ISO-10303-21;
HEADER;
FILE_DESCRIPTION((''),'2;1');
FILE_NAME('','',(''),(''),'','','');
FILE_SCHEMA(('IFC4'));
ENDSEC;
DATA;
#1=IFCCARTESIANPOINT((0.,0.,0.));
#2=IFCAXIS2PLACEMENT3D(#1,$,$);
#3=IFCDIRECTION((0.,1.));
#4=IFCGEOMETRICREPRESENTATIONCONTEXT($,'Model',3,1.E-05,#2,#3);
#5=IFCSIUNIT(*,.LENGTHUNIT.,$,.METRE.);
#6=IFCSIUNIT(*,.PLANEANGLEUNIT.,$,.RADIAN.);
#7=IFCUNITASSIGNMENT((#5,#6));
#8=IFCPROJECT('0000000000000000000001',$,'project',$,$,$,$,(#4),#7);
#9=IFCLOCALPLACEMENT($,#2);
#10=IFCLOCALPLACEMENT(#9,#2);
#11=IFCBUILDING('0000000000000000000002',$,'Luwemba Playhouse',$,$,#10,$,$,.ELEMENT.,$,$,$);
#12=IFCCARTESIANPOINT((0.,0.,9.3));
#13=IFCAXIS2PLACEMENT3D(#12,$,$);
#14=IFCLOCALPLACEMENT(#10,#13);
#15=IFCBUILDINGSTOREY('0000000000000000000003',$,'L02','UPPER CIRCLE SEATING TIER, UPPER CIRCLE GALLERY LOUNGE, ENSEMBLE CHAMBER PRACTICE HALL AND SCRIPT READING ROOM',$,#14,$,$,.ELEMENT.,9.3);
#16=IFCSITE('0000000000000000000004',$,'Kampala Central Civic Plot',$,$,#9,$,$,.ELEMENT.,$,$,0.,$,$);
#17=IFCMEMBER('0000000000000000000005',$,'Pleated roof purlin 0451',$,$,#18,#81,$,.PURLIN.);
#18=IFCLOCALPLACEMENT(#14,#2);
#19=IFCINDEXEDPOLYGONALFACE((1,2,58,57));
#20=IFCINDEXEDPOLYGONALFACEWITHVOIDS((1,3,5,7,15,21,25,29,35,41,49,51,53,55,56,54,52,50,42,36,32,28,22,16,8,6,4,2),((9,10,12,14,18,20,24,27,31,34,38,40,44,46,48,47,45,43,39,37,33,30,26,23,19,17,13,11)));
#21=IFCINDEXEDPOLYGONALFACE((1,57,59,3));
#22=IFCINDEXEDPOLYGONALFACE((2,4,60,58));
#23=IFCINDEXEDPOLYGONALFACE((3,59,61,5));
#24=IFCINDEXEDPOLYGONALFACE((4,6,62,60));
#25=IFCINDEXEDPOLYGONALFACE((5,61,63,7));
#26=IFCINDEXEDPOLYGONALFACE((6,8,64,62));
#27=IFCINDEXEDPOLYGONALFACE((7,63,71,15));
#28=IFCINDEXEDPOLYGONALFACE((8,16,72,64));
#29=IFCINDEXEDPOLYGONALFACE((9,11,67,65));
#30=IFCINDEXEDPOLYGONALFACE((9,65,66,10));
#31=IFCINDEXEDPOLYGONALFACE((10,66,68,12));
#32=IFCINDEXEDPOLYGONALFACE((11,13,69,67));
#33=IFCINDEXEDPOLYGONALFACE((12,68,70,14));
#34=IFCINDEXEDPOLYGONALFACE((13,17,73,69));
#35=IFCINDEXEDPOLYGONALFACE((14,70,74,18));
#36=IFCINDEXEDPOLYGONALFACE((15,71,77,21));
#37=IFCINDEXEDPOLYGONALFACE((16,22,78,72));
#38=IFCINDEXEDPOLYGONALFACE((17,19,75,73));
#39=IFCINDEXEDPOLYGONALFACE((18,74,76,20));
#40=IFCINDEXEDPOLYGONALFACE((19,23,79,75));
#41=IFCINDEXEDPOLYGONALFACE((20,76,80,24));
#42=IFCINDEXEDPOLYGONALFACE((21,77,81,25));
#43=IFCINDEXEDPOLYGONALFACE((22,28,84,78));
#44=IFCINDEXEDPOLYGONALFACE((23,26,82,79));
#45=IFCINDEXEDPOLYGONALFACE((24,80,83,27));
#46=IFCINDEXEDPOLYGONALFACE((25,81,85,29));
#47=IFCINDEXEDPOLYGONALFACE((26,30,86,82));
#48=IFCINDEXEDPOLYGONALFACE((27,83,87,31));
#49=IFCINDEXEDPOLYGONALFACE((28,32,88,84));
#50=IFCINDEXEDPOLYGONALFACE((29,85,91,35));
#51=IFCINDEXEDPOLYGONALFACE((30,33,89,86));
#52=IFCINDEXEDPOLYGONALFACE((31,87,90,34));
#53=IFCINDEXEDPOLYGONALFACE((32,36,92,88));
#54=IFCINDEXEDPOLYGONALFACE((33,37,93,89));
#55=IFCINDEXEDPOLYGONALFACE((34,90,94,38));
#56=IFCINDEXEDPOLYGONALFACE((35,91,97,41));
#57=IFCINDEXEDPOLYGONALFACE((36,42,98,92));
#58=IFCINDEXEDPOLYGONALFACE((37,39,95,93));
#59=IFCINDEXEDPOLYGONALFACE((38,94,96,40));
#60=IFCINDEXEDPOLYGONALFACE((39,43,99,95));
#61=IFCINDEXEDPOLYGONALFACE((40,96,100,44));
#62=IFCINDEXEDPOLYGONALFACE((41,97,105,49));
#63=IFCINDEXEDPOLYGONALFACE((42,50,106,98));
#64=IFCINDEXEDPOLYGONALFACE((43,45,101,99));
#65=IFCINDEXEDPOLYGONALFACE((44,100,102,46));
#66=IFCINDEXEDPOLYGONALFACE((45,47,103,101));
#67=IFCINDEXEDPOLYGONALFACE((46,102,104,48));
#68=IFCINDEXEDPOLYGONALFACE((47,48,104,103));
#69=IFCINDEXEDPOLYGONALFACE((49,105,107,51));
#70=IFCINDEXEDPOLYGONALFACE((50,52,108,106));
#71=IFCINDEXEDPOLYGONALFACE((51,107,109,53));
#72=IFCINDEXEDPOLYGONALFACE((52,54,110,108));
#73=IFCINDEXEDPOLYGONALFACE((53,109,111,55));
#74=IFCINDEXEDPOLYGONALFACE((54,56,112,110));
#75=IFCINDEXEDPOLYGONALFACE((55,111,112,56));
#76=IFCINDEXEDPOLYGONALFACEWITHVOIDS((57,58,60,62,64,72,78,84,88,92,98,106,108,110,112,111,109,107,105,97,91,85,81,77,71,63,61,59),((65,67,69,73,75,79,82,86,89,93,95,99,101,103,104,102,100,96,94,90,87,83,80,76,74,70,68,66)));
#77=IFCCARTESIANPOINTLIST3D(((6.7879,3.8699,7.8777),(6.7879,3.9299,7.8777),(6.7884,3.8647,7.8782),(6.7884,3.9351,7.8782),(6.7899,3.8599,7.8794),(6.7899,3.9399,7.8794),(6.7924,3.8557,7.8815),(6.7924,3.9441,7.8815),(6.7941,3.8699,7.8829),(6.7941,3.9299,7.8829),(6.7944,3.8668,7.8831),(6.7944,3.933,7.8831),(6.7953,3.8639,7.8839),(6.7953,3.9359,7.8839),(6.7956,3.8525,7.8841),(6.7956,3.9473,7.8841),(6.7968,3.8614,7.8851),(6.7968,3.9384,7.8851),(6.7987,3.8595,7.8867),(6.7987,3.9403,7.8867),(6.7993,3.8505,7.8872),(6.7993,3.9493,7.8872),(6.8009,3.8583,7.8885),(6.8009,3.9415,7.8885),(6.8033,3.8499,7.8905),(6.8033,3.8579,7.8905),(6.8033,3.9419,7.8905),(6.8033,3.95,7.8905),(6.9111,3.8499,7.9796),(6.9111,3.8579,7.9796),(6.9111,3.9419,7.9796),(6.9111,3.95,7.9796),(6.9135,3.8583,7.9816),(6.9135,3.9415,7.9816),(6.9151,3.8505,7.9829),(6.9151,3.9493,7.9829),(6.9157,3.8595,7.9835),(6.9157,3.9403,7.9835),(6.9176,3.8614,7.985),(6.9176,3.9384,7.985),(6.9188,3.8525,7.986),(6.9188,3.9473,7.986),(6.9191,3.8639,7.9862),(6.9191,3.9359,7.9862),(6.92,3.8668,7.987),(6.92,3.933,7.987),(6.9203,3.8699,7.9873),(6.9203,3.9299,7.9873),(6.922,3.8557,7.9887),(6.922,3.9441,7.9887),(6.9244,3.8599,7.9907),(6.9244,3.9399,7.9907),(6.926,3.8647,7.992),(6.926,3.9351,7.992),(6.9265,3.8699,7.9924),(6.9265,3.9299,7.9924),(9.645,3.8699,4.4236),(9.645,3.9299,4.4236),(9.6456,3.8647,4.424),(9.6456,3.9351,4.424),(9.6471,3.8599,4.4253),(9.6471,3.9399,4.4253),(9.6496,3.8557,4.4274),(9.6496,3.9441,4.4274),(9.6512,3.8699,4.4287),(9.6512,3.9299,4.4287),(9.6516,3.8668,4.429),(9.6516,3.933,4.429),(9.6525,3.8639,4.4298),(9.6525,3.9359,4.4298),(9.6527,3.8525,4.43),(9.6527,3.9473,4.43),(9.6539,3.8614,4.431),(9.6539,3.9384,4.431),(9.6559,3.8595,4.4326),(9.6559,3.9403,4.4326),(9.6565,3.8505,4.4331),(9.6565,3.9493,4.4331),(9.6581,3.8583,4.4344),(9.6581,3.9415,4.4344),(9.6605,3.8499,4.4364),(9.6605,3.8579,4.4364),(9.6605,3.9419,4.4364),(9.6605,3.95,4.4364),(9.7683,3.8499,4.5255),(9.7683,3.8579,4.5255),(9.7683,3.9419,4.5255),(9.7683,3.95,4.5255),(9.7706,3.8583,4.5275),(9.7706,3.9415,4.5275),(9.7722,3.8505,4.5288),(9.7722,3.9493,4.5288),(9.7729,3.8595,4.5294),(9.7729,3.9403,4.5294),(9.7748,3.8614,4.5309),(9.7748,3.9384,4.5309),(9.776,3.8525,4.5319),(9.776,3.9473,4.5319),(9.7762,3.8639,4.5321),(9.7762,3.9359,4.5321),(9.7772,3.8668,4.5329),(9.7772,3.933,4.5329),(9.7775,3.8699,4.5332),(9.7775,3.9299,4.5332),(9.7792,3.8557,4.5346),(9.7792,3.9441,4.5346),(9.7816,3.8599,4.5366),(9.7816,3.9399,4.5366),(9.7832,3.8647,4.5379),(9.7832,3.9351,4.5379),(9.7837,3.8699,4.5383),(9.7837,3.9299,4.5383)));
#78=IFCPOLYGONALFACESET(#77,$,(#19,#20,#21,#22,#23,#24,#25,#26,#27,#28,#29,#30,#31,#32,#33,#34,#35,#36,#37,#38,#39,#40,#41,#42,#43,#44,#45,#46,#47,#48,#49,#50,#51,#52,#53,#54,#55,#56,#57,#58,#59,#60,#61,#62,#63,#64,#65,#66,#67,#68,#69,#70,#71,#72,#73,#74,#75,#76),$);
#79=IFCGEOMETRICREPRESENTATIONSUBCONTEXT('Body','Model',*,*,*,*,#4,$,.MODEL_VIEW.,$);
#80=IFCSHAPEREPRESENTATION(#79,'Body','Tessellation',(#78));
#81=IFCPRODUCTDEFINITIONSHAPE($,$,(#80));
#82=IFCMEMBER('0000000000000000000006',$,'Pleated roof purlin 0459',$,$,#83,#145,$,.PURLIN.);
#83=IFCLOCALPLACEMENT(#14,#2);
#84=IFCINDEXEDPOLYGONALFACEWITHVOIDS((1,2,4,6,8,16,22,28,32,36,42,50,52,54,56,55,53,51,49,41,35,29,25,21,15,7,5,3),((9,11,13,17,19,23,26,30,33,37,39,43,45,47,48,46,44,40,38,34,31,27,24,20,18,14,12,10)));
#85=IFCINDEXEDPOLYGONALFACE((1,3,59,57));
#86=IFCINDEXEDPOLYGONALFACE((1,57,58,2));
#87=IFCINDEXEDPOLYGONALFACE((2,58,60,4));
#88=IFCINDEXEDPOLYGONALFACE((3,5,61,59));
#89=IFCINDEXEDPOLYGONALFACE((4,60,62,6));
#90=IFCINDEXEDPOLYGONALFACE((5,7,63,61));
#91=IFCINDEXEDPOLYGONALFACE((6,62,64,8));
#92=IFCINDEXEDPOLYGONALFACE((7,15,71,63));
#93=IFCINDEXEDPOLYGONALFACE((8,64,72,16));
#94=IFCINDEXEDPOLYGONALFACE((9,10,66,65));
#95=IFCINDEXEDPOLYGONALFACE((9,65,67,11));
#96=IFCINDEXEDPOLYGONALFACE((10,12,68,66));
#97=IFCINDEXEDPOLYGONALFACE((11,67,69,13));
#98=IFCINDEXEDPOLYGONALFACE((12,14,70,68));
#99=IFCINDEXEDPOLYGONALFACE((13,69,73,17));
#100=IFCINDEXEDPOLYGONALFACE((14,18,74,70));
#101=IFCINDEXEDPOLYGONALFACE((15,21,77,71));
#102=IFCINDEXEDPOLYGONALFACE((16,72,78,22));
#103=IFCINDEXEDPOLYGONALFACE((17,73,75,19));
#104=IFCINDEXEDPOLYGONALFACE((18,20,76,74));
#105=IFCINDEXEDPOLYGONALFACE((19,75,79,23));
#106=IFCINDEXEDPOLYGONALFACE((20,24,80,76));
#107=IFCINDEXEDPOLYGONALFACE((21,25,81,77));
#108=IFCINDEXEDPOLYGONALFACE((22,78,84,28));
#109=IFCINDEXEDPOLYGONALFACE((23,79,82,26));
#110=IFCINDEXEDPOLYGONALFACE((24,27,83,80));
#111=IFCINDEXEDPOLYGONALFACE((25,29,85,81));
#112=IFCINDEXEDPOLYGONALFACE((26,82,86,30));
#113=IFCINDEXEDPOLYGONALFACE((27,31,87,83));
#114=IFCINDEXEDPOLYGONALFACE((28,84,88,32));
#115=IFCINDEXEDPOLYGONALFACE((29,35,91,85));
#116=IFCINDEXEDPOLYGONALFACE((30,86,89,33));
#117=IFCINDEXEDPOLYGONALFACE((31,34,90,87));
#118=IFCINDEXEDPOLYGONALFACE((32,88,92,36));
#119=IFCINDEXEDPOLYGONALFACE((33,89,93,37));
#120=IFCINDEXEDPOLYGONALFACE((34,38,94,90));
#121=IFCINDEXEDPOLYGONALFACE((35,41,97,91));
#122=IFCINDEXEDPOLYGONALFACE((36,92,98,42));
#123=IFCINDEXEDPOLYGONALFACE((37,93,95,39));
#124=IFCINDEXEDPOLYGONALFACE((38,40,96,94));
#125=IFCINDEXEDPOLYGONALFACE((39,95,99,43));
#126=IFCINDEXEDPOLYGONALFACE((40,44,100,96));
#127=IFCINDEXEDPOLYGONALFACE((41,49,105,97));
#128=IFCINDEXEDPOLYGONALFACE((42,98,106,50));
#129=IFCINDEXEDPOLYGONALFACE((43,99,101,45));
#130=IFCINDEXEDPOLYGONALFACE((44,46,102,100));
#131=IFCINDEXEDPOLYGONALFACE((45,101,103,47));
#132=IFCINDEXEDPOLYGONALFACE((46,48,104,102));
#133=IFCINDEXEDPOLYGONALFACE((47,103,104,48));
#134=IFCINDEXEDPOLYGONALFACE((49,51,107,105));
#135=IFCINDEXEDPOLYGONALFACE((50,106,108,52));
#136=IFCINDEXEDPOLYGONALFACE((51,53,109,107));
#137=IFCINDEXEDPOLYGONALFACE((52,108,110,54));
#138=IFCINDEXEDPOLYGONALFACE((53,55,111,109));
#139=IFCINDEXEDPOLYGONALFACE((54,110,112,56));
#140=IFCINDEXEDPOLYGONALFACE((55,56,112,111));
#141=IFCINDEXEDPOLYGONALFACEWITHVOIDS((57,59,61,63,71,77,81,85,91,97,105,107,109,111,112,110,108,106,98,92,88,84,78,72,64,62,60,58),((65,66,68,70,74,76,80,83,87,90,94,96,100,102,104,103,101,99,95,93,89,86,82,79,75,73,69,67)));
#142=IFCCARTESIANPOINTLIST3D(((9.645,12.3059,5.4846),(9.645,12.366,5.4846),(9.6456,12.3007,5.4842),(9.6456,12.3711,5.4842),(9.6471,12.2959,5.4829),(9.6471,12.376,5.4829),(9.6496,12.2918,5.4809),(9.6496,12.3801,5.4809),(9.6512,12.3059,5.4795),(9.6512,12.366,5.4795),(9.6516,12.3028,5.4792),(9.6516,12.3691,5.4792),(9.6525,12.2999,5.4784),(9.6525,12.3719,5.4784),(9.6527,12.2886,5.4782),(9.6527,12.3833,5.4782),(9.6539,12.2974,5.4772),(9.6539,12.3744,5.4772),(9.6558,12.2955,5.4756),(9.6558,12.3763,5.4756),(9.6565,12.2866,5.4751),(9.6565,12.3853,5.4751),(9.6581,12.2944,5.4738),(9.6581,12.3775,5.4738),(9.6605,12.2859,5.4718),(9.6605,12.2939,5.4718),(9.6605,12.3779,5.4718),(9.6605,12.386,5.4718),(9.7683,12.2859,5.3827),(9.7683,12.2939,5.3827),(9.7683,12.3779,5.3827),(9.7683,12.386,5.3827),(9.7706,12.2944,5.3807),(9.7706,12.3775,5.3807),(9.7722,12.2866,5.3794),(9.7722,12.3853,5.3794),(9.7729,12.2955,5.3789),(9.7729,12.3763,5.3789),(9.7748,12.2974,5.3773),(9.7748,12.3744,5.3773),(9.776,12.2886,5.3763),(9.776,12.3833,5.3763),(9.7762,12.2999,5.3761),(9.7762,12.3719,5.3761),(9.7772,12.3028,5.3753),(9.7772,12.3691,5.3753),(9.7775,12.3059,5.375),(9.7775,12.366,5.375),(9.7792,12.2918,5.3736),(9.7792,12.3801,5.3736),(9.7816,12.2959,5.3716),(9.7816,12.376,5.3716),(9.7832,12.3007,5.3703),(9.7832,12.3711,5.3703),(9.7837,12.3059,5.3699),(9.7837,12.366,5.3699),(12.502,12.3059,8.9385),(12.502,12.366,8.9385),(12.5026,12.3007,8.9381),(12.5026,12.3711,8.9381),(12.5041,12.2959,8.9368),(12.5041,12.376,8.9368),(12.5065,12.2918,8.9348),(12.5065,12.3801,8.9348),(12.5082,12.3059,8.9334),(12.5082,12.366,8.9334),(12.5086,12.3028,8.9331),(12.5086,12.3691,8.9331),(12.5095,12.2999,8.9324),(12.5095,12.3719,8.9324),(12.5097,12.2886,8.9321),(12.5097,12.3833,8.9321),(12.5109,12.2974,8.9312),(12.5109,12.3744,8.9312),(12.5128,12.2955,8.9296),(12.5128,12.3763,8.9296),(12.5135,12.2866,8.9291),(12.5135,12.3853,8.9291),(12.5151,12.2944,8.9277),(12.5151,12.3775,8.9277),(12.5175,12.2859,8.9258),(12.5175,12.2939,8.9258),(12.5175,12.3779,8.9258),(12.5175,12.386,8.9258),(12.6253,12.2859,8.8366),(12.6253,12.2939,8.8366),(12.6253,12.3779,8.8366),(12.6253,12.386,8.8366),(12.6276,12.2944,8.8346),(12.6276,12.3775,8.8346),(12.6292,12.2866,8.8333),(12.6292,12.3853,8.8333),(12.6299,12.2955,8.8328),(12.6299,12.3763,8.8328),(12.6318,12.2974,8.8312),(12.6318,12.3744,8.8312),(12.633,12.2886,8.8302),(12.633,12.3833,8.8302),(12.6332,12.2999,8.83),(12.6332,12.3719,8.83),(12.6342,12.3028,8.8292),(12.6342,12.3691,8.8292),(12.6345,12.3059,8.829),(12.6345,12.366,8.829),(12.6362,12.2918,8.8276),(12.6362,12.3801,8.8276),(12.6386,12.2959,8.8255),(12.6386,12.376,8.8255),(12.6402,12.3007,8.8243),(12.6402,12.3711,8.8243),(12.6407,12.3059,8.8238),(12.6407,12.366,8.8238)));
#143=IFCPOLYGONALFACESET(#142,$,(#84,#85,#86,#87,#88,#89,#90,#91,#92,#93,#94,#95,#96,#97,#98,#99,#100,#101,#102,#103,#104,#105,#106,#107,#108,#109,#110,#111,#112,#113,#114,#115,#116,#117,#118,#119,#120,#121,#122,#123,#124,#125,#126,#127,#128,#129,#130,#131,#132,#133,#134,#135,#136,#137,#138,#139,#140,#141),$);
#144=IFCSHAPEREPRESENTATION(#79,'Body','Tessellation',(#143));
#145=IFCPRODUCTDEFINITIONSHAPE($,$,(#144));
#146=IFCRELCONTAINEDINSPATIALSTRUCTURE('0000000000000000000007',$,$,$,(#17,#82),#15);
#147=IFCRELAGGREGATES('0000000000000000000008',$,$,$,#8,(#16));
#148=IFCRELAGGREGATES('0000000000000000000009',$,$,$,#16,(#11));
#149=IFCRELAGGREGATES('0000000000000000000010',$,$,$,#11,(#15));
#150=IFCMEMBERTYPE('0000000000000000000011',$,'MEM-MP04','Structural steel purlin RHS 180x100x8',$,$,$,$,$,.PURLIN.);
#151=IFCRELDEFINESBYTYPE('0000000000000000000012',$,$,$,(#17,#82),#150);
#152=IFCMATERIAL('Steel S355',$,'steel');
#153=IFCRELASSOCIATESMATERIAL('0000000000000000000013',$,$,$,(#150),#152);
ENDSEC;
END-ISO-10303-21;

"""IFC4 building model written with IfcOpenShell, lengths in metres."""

from ifc_helpers import new_model, si_unit, direction, frame, origin, origin_2d, place, context, subcontext, project, spatial, hollow_rectangle, extrude, material, material_profile, profile_set, type_object, element, save


model = new_model("IFC4")

# Units and contexts
model_context = context("Model", 3, precision=1e-05, world=origin(), true_north=direction((0.0, 1.0)))
body_context = subcontext(model_context, "Body", "Model", "MODEL_VIEW")
ifc_project = project(units=[si_unit("LENGTHUNIT", "METRE"), si_unit("PLANEANGLEUNIT", "RADIAN")], contexts=[model_context])

# Site, building, storey
site_placement = place(None, origin())
site = spatial("IfcSite", under=ifc_project, at=site_placement, Name="Kampala Central Civic Plot", CompositionType="ELEMENT", RefElevation=0.0)
building_placement = place(site_placement, origin())
building = spatial("IfcBuilding", under=site, at=building_placement, Name="Luwemba Playhouse", CompositionType="ELEMENT")
storey_placement = place(building_placement, frame((0.0, 0.0, 9.3)))
storey = spatial("IfcBuildingStorey", under=building, at=storey_placement, Name="L02", Description="UPPER CIRCLE SEATING TIER, UPPER CIRCLE GALLERY LOUNGE, ENSEMBLE CHAMBER PRACTICE HALL AND SCRIPT READING ROOM", CompositionType="ELEMENT", Elevation=9.3)

# Shared definitions
ifc_material_1 = material(Name="Steel S355", Category="steel")

# Members
ifc_material_profile_1 = material_profile(ifc_material_1, hollow_rectangle(XDim=0.1001, YDim=0.1799, WallThickness=0.0081, InnerFilletRadius=0.012, OuterFilletRadius=0.02, at=origin_2d()))
ifc_profile_set_1 = profile_set([ifc_material_profile_1], Name="Steel S355")
member_type_1 = type_object("IfcMemberType", Name="MEM-MP04", Description="Structural steel purlin RHS 180x100x8", PredefinedType="PURLIN", material=ifc_profile_set_1)
member_1_placement = place(storey_placement, frame((6.8572, 3.8999, 7.9351), z_axis=(0.637384, 0.0, -0.770547), x_axis=(0.0, 1.0, 0.0)))
element("IfcMember", 1, at=member_1_placement, inside=storey, type_object=member_type_1, Name="Pleated roof purlin 0451", PredefinedType="PURLIN", context=body_context, shape_type="SweptSolid", body=[
    extrude(hollow_rectangle(XDim=0.1001, YDim=0.1799, WallThickness=0.0081, InnerFilletRadius=0.012, OuterFilletRadius=0.02, at=origin_2d()), origin(), (0.0, 0.0, 1.0), 4.4827),
])
for number, where, z_axis, x_axis, name in (
    (2, (9.7144, 12.3359, 5.4272), (0.637378, 0.0, 0.770551), (0.0, 1.0, 0.0), "Pleated roof purlin 0459"),
):
    element("IfcMember", number, at=place(storey_placement, frame(where, z_axis=z_axis, x_axis=x_axis)), inside=storey, type_object=member_type_1, Name=name, PredefinedType="PURLIN", context=body_context, shape_type="SweptSolid", body=[
        extrude(hollow_rectangle(XDim=0.1001, YDim=0.1799, WallThickness=0.0081, InnerFilletRadius=0.012, OuterFilletRadius=0.02, at=origin_2d()), origin(), (0.0, 0.0, 1.0), 4.4824),
    ])

save(model, "model.ifc")
